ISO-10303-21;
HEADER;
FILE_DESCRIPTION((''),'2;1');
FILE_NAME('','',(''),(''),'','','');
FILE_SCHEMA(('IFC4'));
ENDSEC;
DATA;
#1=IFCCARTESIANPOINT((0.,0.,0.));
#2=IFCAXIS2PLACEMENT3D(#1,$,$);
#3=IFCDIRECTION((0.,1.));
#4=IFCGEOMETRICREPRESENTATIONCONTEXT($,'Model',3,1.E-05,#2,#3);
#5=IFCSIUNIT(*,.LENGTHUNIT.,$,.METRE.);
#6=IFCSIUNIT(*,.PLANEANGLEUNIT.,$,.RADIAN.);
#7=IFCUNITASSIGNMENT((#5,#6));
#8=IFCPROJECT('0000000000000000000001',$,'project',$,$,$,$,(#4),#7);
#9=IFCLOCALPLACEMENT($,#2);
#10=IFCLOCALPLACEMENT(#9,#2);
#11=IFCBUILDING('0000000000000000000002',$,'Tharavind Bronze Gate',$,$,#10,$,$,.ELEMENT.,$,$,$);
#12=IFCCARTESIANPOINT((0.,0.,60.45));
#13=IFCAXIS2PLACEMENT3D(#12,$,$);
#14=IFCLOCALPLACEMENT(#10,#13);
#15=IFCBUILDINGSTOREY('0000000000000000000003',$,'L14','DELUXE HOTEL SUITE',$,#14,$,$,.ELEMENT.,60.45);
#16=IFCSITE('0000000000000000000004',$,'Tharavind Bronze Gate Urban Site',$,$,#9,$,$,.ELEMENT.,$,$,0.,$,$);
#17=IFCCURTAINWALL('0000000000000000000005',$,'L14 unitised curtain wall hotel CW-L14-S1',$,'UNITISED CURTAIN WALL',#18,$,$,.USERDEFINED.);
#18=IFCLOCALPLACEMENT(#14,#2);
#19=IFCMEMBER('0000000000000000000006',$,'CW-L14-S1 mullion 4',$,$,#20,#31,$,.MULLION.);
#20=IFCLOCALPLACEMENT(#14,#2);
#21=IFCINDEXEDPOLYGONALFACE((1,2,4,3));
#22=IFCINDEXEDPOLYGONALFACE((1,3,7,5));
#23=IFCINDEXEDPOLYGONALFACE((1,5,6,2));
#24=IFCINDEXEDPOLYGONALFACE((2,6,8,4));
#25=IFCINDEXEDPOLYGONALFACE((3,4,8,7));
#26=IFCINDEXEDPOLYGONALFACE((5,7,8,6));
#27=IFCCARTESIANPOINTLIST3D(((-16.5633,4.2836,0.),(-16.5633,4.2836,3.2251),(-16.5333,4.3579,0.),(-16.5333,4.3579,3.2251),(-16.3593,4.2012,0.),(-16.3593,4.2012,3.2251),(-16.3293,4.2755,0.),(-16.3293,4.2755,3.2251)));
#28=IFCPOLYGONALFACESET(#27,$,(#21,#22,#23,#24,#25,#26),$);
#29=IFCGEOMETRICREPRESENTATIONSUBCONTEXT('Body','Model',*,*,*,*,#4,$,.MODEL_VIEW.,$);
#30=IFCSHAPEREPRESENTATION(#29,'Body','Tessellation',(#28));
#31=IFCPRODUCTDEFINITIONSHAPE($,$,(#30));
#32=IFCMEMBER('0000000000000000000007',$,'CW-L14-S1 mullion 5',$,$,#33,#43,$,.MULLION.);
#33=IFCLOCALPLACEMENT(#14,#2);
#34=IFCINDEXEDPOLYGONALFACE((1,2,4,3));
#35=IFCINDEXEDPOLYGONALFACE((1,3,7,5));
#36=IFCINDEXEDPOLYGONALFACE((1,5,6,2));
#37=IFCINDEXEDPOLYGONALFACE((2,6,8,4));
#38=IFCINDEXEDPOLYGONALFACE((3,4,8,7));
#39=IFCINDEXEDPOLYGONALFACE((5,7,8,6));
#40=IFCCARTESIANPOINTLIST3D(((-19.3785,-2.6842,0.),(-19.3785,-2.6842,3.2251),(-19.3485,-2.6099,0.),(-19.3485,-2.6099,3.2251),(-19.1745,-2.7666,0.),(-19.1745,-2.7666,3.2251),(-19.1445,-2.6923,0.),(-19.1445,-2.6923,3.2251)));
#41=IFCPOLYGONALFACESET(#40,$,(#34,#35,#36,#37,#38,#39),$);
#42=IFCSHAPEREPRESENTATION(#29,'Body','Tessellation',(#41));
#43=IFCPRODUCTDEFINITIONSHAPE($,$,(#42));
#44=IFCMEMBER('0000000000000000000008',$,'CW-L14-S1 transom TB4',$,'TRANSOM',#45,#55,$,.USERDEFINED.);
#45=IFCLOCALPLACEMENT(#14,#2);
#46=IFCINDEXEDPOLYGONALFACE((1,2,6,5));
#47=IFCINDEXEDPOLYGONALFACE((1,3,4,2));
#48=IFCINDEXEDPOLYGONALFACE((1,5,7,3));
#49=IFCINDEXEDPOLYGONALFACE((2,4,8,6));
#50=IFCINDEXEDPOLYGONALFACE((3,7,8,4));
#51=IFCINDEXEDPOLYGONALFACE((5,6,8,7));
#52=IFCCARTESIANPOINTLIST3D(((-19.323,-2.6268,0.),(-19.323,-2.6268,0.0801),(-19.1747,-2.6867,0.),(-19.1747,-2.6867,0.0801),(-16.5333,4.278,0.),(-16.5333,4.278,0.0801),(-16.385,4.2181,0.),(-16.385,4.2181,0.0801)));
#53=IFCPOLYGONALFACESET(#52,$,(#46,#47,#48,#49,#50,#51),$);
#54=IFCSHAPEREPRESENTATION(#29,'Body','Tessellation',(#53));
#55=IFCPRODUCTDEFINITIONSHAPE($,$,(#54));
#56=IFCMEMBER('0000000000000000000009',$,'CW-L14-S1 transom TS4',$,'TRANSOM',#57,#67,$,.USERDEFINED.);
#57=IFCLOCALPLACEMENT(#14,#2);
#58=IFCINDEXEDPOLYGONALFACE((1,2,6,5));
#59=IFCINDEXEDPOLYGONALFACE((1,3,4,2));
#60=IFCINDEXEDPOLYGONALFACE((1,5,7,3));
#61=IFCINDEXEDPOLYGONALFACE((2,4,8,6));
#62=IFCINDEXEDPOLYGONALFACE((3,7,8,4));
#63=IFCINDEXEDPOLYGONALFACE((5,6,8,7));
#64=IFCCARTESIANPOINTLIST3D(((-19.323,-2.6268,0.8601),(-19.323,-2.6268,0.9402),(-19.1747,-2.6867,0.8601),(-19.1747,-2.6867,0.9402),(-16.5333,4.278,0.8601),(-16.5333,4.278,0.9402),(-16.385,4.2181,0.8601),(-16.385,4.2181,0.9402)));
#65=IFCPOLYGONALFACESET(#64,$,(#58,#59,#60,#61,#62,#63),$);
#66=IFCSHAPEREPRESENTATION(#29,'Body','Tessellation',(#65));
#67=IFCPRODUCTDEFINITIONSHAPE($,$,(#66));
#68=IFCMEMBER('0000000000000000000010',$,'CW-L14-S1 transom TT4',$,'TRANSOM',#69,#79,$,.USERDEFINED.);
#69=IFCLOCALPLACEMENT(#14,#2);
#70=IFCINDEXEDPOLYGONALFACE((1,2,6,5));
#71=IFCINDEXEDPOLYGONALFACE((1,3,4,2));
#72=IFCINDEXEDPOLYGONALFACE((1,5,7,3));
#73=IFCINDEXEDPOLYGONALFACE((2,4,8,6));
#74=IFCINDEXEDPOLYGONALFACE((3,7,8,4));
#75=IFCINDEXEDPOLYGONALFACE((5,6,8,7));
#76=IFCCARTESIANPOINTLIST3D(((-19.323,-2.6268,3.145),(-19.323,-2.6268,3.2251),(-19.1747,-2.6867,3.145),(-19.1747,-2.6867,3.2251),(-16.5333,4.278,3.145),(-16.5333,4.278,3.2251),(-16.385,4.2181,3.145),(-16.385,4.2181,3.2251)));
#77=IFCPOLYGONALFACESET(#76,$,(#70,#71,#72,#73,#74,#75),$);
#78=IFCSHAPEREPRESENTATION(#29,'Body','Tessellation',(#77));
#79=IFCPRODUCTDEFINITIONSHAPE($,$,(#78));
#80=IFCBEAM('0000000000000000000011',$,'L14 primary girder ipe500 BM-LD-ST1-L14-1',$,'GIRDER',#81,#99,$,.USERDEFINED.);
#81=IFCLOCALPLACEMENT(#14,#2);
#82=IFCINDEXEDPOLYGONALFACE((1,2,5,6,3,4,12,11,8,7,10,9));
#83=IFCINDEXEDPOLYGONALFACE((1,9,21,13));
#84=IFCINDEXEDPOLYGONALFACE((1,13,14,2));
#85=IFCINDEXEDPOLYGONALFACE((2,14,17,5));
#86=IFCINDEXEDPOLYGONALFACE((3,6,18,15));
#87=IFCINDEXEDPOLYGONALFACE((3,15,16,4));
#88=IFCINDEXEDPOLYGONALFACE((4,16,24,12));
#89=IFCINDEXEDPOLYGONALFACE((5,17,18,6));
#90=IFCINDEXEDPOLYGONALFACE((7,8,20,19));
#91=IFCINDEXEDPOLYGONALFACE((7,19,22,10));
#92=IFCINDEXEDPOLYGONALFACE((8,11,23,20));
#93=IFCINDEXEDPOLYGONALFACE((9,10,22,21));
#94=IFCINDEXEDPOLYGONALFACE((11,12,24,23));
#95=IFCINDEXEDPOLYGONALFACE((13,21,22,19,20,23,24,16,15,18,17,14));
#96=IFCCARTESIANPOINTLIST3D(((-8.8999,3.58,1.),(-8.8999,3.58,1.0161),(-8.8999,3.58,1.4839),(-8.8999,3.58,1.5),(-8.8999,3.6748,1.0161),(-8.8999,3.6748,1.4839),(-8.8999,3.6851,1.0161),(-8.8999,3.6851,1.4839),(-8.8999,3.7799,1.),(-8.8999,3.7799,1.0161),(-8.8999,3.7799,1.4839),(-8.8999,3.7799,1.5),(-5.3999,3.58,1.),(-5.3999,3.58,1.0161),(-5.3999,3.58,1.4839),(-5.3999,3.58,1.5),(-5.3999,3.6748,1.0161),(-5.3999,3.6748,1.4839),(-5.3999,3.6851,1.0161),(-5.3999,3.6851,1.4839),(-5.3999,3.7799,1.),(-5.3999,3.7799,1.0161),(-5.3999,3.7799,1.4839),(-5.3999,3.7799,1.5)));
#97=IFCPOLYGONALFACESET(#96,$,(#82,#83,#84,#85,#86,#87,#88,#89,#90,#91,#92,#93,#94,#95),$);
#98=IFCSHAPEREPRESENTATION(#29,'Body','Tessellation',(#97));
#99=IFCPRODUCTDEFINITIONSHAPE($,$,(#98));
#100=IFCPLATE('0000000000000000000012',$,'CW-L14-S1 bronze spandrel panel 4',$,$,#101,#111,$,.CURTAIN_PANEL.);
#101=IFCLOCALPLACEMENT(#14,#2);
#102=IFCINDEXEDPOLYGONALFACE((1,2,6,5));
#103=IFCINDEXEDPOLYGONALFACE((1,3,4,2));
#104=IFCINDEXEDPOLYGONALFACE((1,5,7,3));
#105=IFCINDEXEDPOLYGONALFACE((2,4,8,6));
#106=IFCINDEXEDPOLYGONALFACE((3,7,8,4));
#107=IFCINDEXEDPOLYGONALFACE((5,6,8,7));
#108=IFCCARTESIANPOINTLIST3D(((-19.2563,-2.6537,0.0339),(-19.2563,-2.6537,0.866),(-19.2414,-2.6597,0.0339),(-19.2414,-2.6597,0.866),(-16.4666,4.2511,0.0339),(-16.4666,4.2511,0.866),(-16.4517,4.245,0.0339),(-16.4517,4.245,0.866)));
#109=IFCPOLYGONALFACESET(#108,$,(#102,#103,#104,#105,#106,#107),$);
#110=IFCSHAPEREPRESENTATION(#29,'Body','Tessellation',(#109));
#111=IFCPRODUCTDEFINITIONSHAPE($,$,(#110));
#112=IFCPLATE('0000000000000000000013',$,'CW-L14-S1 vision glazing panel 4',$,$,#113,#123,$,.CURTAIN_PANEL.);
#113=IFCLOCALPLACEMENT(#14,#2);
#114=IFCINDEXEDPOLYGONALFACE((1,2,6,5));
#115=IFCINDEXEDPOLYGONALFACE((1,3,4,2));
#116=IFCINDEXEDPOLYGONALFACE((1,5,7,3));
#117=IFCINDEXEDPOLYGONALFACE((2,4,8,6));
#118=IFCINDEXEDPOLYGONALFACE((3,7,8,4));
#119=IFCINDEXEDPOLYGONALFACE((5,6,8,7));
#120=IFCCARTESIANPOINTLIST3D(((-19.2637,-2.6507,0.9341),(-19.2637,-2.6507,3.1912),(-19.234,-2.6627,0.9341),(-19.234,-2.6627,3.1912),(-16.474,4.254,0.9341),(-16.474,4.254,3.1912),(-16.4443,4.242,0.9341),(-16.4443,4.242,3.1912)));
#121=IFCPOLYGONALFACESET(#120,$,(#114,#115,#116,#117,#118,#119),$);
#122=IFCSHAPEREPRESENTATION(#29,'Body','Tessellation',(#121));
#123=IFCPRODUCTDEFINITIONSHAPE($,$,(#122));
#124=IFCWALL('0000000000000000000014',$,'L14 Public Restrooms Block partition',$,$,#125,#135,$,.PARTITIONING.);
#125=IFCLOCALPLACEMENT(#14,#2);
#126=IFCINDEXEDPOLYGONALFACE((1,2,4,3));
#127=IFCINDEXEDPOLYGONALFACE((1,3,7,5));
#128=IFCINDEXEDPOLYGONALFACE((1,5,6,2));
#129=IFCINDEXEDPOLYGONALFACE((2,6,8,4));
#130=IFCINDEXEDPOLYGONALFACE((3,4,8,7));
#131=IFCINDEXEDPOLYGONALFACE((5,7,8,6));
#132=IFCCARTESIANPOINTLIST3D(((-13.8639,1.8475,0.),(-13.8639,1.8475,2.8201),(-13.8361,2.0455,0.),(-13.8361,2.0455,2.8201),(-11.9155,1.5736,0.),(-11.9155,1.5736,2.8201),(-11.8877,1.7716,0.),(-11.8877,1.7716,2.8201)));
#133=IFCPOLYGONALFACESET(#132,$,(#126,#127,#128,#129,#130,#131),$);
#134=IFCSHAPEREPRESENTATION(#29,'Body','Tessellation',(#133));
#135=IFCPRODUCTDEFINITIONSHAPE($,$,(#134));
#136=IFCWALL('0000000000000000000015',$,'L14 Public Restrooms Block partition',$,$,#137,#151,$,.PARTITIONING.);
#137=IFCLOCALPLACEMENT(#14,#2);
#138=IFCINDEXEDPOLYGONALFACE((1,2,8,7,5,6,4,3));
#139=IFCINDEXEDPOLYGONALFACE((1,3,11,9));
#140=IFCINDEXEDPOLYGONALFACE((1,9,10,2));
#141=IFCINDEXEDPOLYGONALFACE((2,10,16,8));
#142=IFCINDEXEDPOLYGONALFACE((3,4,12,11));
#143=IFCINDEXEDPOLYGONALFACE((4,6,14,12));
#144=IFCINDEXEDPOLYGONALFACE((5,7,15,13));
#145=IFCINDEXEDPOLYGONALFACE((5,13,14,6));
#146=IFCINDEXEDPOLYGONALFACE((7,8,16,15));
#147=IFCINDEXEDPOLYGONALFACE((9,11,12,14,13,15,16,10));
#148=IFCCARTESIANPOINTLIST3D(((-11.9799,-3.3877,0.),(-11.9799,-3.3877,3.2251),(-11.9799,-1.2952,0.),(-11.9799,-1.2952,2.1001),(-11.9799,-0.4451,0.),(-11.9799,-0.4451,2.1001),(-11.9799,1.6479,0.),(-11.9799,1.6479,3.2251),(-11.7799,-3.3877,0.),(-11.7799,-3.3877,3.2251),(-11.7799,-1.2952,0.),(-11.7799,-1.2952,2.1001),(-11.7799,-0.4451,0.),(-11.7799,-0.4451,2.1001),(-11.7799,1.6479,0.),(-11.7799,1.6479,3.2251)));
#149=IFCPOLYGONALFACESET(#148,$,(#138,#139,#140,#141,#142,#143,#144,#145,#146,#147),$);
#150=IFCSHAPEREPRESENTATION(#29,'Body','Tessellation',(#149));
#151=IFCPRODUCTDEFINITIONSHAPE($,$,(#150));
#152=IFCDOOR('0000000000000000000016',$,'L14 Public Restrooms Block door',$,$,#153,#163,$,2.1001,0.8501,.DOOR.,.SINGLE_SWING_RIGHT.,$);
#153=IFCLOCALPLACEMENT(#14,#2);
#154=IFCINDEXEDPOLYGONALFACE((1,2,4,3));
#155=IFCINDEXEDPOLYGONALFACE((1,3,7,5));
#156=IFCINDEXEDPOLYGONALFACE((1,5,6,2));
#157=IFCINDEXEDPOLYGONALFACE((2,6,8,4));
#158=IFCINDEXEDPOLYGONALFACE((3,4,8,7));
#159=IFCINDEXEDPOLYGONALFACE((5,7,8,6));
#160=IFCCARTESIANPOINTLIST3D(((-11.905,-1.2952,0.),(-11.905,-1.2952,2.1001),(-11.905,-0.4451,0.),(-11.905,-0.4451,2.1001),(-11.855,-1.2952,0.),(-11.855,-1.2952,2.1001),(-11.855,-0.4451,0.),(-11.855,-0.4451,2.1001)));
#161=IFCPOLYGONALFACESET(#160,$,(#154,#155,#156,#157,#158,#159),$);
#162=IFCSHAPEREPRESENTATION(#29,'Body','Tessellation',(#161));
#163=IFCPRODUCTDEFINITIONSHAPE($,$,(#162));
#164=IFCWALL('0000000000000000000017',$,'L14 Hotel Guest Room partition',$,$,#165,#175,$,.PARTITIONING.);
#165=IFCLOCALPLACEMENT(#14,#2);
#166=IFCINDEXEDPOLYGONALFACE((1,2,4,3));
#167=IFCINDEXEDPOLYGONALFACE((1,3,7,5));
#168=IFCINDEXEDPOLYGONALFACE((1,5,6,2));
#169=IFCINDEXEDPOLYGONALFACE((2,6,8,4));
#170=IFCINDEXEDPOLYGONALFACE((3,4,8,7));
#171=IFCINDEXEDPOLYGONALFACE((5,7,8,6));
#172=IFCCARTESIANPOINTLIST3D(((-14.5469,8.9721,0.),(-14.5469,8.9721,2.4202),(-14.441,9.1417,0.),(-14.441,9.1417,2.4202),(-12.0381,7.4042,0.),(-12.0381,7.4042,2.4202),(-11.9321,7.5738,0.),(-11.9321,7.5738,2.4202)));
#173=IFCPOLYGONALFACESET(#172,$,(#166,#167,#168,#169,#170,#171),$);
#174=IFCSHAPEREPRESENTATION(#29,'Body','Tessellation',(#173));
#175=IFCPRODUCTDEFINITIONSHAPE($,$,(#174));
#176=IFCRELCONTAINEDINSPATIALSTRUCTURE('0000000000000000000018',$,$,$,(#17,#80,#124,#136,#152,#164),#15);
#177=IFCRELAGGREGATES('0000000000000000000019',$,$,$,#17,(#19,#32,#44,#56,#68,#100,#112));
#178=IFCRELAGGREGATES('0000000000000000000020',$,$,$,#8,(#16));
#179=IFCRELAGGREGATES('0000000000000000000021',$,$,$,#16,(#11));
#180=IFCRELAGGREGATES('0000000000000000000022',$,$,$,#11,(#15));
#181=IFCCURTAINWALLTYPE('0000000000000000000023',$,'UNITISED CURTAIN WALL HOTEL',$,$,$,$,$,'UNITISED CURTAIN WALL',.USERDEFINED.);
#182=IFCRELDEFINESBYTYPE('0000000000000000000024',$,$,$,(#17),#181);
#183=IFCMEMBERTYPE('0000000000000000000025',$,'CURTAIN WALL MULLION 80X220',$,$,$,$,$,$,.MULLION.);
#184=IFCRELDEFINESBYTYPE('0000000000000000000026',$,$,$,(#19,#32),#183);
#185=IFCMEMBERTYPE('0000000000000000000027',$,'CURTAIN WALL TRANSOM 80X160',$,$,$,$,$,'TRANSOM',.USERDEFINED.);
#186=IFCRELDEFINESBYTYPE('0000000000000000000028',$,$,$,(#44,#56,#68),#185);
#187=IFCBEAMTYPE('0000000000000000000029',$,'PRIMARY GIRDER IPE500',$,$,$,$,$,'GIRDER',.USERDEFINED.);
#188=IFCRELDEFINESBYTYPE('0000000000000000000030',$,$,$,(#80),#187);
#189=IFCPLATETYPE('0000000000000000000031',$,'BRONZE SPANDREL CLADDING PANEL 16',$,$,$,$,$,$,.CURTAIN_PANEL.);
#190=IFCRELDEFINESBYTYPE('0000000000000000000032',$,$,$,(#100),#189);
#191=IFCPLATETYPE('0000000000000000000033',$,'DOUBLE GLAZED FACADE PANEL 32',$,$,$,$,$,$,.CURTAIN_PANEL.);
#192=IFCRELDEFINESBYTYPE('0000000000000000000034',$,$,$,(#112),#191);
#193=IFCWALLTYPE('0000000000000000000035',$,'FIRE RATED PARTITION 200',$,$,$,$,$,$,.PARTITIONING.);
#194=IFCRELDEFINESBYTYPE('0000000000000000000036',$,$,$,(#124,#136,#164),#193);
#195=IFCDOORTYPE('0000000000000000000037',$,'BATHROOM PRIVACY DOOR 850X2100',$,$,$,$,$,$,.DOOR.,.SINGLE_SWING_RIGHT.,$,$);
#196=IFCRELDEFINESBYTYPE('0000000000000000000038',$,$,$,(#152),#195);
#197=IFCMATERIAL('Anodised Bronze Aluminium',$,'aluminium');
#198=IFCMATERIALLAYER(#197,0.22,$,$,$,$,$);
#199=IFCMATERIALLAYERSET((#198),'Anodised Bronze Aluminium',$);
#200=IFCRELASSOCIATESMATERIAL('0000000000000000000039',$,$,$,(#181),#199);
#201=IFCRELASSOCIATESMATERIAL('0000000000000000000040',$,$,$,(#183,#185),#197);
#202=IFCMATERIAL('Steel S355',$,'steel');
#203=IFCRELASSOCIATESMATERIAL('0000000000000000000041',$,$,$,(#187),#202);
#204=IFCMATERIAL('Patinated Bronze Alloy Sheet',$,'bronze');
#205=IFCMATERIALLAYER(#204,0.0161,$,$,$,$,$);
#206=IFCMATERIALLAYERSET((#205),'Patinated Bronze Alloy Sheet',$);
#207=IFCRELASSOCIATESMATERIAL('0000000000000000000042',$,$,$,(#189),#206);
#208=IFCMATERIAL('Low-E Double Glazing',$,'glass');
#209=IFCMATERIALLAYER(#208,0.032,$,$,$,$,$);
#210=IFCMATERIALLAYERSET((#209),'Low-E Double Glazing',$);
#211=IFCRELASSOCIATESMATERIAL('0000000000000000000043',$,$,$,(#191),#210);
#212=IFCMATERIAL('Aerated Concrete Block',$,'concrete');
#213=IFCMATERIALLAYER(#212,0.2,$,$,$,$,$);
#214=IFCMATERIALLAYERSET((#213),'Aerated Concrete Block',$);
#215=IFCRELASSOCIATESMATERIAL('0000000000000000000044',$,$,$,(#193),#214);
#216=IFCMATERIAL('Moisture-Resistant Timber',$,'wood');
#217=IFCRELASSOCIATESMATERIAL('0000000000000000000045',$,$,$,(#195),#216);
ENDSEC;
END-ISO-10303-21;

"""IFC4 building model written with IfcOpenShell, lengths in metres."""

from ifc_helpers import new_model, si_unit, direction, frame, frame_2d, origin, origin_2d, place, context, subcontext, project, spatial, rectangle, i_section, extrude, material, layer, layer_set, material_profile, profile_set, type_object, element, fill, aggregate, save


model = new_model("IFC4")

# Units and contexts
model_context = context("Model", 3, precision=1e-05, world=origin(), true_north=direction((0.0, 1.0)))
body_context = subcontext(model_context, "Body", "Model", "MODEL_VIEW")
ifc_project = project(units=[si_unit("LENGTHUNIT", "METRE"), si_unit("PLANEANGLEUNIT", "RADIAN")], contexts=[model_context])

# Site, building, storey
site_placement = place(None, origin())
site = spatial("IfcSite", under=ifc_project, at=site_placement, Name="Tharavind Bronze Gate Urban Site", CompositionType="ELEMENT", RefElevation=0.0)
building_placement = place(site_placement, origin())
building = spatial("IfcBuilding", under=site, at=building_placement, Name="Tharavind Bronze Gate", CompositionType="ELEMENT")
storey_placement = place(building_placement, frame((0.0, 0.0, 60.45)))
storey = spatial("IfcBuildingStorey", under=building, at=storey_placement, Name="L14", Description="DELUXE HOTEL SUITE", CompositionType="ELEMENT", Elevation=60.45)

# Curtain wall, members
ifc_material_1 = material(Name="Anodised Bronze Aluminium", Category="aluminium")
ifc_layer_1 = layer(ifc_material_1, 0.22)
ifc_layer_set_1 = layer_set([ifc_layer_1], Name="Anodised Bronze Aluminium")
curtain_wall_type = type_object("IfcCurtainWallType", Name="UNITISED CURTAIN WALL HOTEL", ElementType="UNITISED CURTAIN WALL", PredefinedType="USERDEFINED", material=ifc_layer_set_1)
curtain_wall_placement = place(storey_placement, origin())
curtain_wall = element("IfcCurtainWall", 1, at=curtain_wall_placement, inside=storey, type_object=curtain_wall_type, Name="L14 unitised curtain wall hotel CW-L14-S1", ObjectType="UNITISED CURTAIN WALL", PredefinedType="USERDEFINED")
member_type_1 = type_object("IfcMemberType", Name="CURTAIN WALL MULLION 80X220", PredefinedType="MULLION", material=ifc_material_1)
member_1_placement = place(storey_placement, frame((-16.4463, 4.2795, 0.0), z_axis=(0.0, 0.0, 1.0), x_axis=(-0.374607, -0.927184, 0.0)))
member_1 = element("IfcMember", 2, at=member_1_placement, type_object=member_type_1, Name="CW-L14-S1 mullion 4", PredefinedType="MULLION", context=body_context, shape_type="SweptSolid", body=[
    extrude(rectangle(XDim=0.0801, YDim=0.22, at=origin_2d()), origin(), (0.0, 0.0, 1.0), 3.2251),
])
member_2_placement = place(storey_placement, frame((-19.2615, -2.6882, 0.0), z_axis=(0.0, 0.0, 1.0), x_axis=(-0.374607, -0.927184, 0.0)))
member_2 = element("IfcMember", 3, at=member_2_placement, type_object=member_type_1, Name="CW-L14-S1 mullion 5", PredefinedType="MULLION", context=body_context, shape_type="SweptSolid", body=[
    extrude(rectangle(XDim=0.0801, YDim=0.22, at=origin_2d()), origin(), (0.0, 0.0, 1.0), 3.2251),
])
member_type_2 = type_object("IfcMemberType", Name="CURTAIN WALL TRANSOM 80X160", ElementType="TRANSOM", PredefinedType="USERDEFINED", material=ifc_material_1)
member_3_placement = place(storey_placement, frame((-17.854, 0.7957, 0.0), z_axis=(0.0, 0.0, 1.0), x_axis=(-0.374607, -0.927184, 0.0)))
member_3 = element("IfcMember", 4, at=member_3_placement, type_object=member_type_2, Name="CW-L14-S1 transom TB4", ObjectType="TRANSOM", PredefinedType="USERDEFINED", context=body_context, shape_type="SweptSolid", body=[
    extrude(rectangle(XDim=7.447, YDim=0.1599, at=origin_2d()), origin(), (0.0, 0.0, 1.0), 0.0801),
])
member_4_placement = place(storey_placement, frame((-17.854, 0.7957, 0.8601), z_axis=(0.0, 0.0, 1.0), x_axis=(-0.374607, -0.927184, 0.0)))
member_4 = element("IfcMember", 5, at=member_4_placement, type_object=member_type_2, Name="CW-L14-S1 transom TS4", ObjectType="TRANSOM", PredefinedType="USERDEFINED", context=body_context, shape_type="SweptSolid", body=[
    extrude(rectangle(XDim=7.447, YDim=0.1599, at=origin_2d()), origin(), (0.0, 0.0, 1.0), 0.0801),
])
member_5_placement = place(storey_placement, frame((-17.854, 0.7957, 3.145), z_axis=(0.0, 0.0, 1.0), x_axis=(-0.374607, -0.927184, 0.0)))
member_5 = element("IfcMember", 6, at=member_5_placement, type_object=member_type_2, Name="CW-L14-S1 transom TT4", ObjectType="TRANSOM", PredefinedType="USERDEFINED", context=body_context, shape_type="SweptSolid", body=[
    extrude(rectangle(XDim=7.447, YDim=0.1599, at=origin_2d()), origin(), (0.0, 0.0, 1.0), 0.0801),
])

# Beam
ifc_material_2 = material(Name="Steel S355", Category="steel")
ifc_material_profile = material_profile(ifc_material_2, i_section(OverallWidth=0.2, OverallDepth=0.5, WebThickness=0.0103, FlangeThickness=0.0161, at=origin_2d()), Name="IPE500")
ifc_profile_set = profile_set([ifc_material_profile], Name="Steel S355")
beam_type = type_object("IfcBeamType", Name="PRIMARY GIRDER IPE500", ElementType="GIRDER", PredefinedType="USERDEFINED", material=ifc_profile_set)
beam_placement = place(storey_placement, frame((-8.8999, 3.6799, 1.25), z_axis=(1.0, 0.0, 0.0), x_axis=(0.0, 1.0, 0.0)))
element("IfcBeam", 7, at=beam_placement, inside=storey, type_object=beam_type, Name="L14 primary girder ipe500 BM-LD-ST1-L14-1", ObjectType="GIRDER", PredefinedType="USERDEFINED", context=body_context, shape_type="SweptSolid", body=[
    extrude(i_section(OverallWidth=0.2, OverallDepth=0.5, WebThickness=0.0103, FlangeThickness=0.0161, at=origin_2d()), origin(), (0.0, 0.0, 1.0), 3.5),
])

# Plates
ifc_material_3 = material(Name="Patinated Bronze Alloy Sheet", Category="bronze")
ifc_layer_2 = layer(ifc_material_3, 0.0161)
ifc_layer_set_2 = layer_set([ifc_layer_2], Name="Patinated Bronze Alloy Sheet")
plate_type_1 = type_object("IfcPlateType", Name="BRONZE SPANDREL CLADDING PANEL 16", PredefinedType="CURTAIN_PANEL", material=ifc_layer_set_2)
plate_1_placement = place(storey_placement, frame((-17.854, 0.7957, 0.0339), z_axis=(0.0, 0.0, 1.0), x_axis=(-0.374607, -0.927184, 0.0)))
plate_1 = element("IfcPlate", 8, at=plate_1_placement, type_object=plate_type_1, Name="CW-L14-S1 bronze spandrel panel 4", PredefinedType="CURTAIN_PANEL", context=body_context, shape_type="SweptSolid", body=[
    extrude(rectangle(XDim=7.447, YDim=0.0161, at=origin_2d()), origin(), (0.0, 0.0, 1.0), 0.832),
])
ifc_material_4 = material(Name="Low-E Double Glazing", Category="glass")
ifc_layer_3 = layer(ifc_material_4, 0.032)
ifc_layer_set_3 = layer_set([ifc_layer_3], Name="Low-E Double Glazing")
plate_type_2 = type_object("IfcPlateType", Name="DOUBLE GLAZED FACADE PANEL 32", PredefinedType="CURTAIN_PANEL", material=ifc_layer_set_3)
plate_2_placement = place(storey_placement, frame((-17.854, 0.7957, 0.9341), z_axis=(0.0, 0.0, 1.0), x_axis=(-0.374607, -0.927184, 0.0)))
plate_2 = element("IfcPlate", 9, at=plate_2_placement, type_object=plate_type_2, Name="CW-L14-S1 vision glazing panel 4", PredefinedType="CURTAIN_PANEL", context=body_context, shape_type="SweptSolid", body=[
    extrude(rectangle(XDim=7.447, YDim=0.032, at=origin_2d()), origin(), (0.0, 0.0, 1.0), 2.2571),
])
aggregate(curtain_wall, [member_1, member_2, member_3, member_4, member_5, plate_1, plate_2])

# Wall
ifc_material_5 = material(Name="Aerated Concrete Block", Category="concrete")
ifc_layer_4 = layer(ifc_material_5, 0.2)
ifc_layer_set_4 = layer_set([ifc_layer_4], Name="Aerated Concrete Block")
wall_type_1 = type_object("IfcWallType", Name="FIRE RATED PARTITION 200", PredefinedType="PARTITIONING", material=ifc_layer_set_4)
wall_1_placement = place(storey_placement, frame((-13.8501, 1.9465, 0.0), z_axis=(0.0, 0.0, 1.0), x_axis=(0.990262, -0.139215, 0.0)))
element("IfcWall", 10, at=wall_1_placement, inside=storey, type_object=wall_type_1, Name="L14 Public Restrooms Block partition", PredefinedType="PARTITIONING", context=body_context, shape_type="SweptSolid", body=[
    extrude(rectangle(XDim=1.9675, YDim=0.2, at=frame_2d((0.9839, 0.0))), origin(), (0.0, 0.0, 1.0), 2.8201),
])

# Wall, opening, door
wall_2_placement = place(storey_placement, frame((-11.8799, 1.6479, 0.0), z_axis=(0.0, 0.0, 1.0), x_axis=(0.0, -1.0, 0.0)))
wall_2 = element("IfcWall", 11, at=wall_2_placement, inside=storey, type_object=wall_type_1, Name="L14 Public Restrooms Block partition", PredefinedType="PARTITIONING", context=body_context, shape_type="SweptSolid", body=[
    extrude(rectangle(XDim=5.0356, YDim=0.2, at=frame_2d((2.5178, 0.0))), origin(), (0.0, 0.0, 1.0), 3.2251),
])
opening_1_placement = place(wall_2_placement, frame((2.093, 0.0, 0.0)))
opening_1 = element("IfcOpeningElement", 12, at=opening_1_placement, cuts=wall_2, PredefinedType="OPENING", context=body_context, shape_type="SweptSolid", body=[
    extrude(rectangle(XDim=0.8501, YDim=2.1001, at=frame_2d((0.425, 1.05))), frame((0.0, 0.1101, 0.0), z_axis=(0.0, -1.0, 0.0), x_axis=(1.0, 0.0, 0.0)), (0.0, 0.0, 1.0), 0.22),
])
ifc_material_6 = material(Name="Moisture-Resistant Timber", Category="wood")
door_type_1 = type_object("IfcDoorType", Name="BATHROOM PRIVACY DOOR 850X2100", OperationType="SINGLE_SWING_RIGHT", PredefinedType="DOOR", material=ifc_material_6)
door_1_placement = place(opening_1_placement, origin())
door_1 = element("IfcDoor", 13, at=door_1_placement, inside=storey, type_object=door_type_1, Name="L14 Public Restrooms Block door", OperationType="SINGLE_SWING_RIGHT", OverallHeight=2.1001, OverallWidth=0.8501, PredefinedType="DOOR", context=body_context, shape_type="SweptSolid", body=[
    extrude(rectangle(XDim=0.8501, YDim=2.1001, at=frame_2d((0.425, 1.05))), frame((0.0, 0.0249, 0.0), z_axis=(0.0, -1.0, 0.0), x_axis=(1.0, 0.0, 0.0)), (0.0, 0.0, 1.0), 0.05),
])
fill(opening_1, door_1)

# Wall
wall_3_placement = place(storey_placement, frame((-11.9851, 7.489, 0.0), z_axis=(0.0, 0.0, 1.0), x_axis=(-0.848017, 0.529969, 0.0)))
element("IfcWall", 14, at=wall_3_placement, inside=storey, type_object=wall_type_1, Name="L14 Hotel Guest Room partition", PredefinedType="PARTITIONING", context=body_context, shape_type="SweptSolid", body=[
    extrude(rectangle(XDim=2.9585, YDim=0.2, at=frame_2d((1.4792, 0.0))), origin(), (0.0, 0.0, 1.0), 2.4202),
])

save(model, "model.ifc")
